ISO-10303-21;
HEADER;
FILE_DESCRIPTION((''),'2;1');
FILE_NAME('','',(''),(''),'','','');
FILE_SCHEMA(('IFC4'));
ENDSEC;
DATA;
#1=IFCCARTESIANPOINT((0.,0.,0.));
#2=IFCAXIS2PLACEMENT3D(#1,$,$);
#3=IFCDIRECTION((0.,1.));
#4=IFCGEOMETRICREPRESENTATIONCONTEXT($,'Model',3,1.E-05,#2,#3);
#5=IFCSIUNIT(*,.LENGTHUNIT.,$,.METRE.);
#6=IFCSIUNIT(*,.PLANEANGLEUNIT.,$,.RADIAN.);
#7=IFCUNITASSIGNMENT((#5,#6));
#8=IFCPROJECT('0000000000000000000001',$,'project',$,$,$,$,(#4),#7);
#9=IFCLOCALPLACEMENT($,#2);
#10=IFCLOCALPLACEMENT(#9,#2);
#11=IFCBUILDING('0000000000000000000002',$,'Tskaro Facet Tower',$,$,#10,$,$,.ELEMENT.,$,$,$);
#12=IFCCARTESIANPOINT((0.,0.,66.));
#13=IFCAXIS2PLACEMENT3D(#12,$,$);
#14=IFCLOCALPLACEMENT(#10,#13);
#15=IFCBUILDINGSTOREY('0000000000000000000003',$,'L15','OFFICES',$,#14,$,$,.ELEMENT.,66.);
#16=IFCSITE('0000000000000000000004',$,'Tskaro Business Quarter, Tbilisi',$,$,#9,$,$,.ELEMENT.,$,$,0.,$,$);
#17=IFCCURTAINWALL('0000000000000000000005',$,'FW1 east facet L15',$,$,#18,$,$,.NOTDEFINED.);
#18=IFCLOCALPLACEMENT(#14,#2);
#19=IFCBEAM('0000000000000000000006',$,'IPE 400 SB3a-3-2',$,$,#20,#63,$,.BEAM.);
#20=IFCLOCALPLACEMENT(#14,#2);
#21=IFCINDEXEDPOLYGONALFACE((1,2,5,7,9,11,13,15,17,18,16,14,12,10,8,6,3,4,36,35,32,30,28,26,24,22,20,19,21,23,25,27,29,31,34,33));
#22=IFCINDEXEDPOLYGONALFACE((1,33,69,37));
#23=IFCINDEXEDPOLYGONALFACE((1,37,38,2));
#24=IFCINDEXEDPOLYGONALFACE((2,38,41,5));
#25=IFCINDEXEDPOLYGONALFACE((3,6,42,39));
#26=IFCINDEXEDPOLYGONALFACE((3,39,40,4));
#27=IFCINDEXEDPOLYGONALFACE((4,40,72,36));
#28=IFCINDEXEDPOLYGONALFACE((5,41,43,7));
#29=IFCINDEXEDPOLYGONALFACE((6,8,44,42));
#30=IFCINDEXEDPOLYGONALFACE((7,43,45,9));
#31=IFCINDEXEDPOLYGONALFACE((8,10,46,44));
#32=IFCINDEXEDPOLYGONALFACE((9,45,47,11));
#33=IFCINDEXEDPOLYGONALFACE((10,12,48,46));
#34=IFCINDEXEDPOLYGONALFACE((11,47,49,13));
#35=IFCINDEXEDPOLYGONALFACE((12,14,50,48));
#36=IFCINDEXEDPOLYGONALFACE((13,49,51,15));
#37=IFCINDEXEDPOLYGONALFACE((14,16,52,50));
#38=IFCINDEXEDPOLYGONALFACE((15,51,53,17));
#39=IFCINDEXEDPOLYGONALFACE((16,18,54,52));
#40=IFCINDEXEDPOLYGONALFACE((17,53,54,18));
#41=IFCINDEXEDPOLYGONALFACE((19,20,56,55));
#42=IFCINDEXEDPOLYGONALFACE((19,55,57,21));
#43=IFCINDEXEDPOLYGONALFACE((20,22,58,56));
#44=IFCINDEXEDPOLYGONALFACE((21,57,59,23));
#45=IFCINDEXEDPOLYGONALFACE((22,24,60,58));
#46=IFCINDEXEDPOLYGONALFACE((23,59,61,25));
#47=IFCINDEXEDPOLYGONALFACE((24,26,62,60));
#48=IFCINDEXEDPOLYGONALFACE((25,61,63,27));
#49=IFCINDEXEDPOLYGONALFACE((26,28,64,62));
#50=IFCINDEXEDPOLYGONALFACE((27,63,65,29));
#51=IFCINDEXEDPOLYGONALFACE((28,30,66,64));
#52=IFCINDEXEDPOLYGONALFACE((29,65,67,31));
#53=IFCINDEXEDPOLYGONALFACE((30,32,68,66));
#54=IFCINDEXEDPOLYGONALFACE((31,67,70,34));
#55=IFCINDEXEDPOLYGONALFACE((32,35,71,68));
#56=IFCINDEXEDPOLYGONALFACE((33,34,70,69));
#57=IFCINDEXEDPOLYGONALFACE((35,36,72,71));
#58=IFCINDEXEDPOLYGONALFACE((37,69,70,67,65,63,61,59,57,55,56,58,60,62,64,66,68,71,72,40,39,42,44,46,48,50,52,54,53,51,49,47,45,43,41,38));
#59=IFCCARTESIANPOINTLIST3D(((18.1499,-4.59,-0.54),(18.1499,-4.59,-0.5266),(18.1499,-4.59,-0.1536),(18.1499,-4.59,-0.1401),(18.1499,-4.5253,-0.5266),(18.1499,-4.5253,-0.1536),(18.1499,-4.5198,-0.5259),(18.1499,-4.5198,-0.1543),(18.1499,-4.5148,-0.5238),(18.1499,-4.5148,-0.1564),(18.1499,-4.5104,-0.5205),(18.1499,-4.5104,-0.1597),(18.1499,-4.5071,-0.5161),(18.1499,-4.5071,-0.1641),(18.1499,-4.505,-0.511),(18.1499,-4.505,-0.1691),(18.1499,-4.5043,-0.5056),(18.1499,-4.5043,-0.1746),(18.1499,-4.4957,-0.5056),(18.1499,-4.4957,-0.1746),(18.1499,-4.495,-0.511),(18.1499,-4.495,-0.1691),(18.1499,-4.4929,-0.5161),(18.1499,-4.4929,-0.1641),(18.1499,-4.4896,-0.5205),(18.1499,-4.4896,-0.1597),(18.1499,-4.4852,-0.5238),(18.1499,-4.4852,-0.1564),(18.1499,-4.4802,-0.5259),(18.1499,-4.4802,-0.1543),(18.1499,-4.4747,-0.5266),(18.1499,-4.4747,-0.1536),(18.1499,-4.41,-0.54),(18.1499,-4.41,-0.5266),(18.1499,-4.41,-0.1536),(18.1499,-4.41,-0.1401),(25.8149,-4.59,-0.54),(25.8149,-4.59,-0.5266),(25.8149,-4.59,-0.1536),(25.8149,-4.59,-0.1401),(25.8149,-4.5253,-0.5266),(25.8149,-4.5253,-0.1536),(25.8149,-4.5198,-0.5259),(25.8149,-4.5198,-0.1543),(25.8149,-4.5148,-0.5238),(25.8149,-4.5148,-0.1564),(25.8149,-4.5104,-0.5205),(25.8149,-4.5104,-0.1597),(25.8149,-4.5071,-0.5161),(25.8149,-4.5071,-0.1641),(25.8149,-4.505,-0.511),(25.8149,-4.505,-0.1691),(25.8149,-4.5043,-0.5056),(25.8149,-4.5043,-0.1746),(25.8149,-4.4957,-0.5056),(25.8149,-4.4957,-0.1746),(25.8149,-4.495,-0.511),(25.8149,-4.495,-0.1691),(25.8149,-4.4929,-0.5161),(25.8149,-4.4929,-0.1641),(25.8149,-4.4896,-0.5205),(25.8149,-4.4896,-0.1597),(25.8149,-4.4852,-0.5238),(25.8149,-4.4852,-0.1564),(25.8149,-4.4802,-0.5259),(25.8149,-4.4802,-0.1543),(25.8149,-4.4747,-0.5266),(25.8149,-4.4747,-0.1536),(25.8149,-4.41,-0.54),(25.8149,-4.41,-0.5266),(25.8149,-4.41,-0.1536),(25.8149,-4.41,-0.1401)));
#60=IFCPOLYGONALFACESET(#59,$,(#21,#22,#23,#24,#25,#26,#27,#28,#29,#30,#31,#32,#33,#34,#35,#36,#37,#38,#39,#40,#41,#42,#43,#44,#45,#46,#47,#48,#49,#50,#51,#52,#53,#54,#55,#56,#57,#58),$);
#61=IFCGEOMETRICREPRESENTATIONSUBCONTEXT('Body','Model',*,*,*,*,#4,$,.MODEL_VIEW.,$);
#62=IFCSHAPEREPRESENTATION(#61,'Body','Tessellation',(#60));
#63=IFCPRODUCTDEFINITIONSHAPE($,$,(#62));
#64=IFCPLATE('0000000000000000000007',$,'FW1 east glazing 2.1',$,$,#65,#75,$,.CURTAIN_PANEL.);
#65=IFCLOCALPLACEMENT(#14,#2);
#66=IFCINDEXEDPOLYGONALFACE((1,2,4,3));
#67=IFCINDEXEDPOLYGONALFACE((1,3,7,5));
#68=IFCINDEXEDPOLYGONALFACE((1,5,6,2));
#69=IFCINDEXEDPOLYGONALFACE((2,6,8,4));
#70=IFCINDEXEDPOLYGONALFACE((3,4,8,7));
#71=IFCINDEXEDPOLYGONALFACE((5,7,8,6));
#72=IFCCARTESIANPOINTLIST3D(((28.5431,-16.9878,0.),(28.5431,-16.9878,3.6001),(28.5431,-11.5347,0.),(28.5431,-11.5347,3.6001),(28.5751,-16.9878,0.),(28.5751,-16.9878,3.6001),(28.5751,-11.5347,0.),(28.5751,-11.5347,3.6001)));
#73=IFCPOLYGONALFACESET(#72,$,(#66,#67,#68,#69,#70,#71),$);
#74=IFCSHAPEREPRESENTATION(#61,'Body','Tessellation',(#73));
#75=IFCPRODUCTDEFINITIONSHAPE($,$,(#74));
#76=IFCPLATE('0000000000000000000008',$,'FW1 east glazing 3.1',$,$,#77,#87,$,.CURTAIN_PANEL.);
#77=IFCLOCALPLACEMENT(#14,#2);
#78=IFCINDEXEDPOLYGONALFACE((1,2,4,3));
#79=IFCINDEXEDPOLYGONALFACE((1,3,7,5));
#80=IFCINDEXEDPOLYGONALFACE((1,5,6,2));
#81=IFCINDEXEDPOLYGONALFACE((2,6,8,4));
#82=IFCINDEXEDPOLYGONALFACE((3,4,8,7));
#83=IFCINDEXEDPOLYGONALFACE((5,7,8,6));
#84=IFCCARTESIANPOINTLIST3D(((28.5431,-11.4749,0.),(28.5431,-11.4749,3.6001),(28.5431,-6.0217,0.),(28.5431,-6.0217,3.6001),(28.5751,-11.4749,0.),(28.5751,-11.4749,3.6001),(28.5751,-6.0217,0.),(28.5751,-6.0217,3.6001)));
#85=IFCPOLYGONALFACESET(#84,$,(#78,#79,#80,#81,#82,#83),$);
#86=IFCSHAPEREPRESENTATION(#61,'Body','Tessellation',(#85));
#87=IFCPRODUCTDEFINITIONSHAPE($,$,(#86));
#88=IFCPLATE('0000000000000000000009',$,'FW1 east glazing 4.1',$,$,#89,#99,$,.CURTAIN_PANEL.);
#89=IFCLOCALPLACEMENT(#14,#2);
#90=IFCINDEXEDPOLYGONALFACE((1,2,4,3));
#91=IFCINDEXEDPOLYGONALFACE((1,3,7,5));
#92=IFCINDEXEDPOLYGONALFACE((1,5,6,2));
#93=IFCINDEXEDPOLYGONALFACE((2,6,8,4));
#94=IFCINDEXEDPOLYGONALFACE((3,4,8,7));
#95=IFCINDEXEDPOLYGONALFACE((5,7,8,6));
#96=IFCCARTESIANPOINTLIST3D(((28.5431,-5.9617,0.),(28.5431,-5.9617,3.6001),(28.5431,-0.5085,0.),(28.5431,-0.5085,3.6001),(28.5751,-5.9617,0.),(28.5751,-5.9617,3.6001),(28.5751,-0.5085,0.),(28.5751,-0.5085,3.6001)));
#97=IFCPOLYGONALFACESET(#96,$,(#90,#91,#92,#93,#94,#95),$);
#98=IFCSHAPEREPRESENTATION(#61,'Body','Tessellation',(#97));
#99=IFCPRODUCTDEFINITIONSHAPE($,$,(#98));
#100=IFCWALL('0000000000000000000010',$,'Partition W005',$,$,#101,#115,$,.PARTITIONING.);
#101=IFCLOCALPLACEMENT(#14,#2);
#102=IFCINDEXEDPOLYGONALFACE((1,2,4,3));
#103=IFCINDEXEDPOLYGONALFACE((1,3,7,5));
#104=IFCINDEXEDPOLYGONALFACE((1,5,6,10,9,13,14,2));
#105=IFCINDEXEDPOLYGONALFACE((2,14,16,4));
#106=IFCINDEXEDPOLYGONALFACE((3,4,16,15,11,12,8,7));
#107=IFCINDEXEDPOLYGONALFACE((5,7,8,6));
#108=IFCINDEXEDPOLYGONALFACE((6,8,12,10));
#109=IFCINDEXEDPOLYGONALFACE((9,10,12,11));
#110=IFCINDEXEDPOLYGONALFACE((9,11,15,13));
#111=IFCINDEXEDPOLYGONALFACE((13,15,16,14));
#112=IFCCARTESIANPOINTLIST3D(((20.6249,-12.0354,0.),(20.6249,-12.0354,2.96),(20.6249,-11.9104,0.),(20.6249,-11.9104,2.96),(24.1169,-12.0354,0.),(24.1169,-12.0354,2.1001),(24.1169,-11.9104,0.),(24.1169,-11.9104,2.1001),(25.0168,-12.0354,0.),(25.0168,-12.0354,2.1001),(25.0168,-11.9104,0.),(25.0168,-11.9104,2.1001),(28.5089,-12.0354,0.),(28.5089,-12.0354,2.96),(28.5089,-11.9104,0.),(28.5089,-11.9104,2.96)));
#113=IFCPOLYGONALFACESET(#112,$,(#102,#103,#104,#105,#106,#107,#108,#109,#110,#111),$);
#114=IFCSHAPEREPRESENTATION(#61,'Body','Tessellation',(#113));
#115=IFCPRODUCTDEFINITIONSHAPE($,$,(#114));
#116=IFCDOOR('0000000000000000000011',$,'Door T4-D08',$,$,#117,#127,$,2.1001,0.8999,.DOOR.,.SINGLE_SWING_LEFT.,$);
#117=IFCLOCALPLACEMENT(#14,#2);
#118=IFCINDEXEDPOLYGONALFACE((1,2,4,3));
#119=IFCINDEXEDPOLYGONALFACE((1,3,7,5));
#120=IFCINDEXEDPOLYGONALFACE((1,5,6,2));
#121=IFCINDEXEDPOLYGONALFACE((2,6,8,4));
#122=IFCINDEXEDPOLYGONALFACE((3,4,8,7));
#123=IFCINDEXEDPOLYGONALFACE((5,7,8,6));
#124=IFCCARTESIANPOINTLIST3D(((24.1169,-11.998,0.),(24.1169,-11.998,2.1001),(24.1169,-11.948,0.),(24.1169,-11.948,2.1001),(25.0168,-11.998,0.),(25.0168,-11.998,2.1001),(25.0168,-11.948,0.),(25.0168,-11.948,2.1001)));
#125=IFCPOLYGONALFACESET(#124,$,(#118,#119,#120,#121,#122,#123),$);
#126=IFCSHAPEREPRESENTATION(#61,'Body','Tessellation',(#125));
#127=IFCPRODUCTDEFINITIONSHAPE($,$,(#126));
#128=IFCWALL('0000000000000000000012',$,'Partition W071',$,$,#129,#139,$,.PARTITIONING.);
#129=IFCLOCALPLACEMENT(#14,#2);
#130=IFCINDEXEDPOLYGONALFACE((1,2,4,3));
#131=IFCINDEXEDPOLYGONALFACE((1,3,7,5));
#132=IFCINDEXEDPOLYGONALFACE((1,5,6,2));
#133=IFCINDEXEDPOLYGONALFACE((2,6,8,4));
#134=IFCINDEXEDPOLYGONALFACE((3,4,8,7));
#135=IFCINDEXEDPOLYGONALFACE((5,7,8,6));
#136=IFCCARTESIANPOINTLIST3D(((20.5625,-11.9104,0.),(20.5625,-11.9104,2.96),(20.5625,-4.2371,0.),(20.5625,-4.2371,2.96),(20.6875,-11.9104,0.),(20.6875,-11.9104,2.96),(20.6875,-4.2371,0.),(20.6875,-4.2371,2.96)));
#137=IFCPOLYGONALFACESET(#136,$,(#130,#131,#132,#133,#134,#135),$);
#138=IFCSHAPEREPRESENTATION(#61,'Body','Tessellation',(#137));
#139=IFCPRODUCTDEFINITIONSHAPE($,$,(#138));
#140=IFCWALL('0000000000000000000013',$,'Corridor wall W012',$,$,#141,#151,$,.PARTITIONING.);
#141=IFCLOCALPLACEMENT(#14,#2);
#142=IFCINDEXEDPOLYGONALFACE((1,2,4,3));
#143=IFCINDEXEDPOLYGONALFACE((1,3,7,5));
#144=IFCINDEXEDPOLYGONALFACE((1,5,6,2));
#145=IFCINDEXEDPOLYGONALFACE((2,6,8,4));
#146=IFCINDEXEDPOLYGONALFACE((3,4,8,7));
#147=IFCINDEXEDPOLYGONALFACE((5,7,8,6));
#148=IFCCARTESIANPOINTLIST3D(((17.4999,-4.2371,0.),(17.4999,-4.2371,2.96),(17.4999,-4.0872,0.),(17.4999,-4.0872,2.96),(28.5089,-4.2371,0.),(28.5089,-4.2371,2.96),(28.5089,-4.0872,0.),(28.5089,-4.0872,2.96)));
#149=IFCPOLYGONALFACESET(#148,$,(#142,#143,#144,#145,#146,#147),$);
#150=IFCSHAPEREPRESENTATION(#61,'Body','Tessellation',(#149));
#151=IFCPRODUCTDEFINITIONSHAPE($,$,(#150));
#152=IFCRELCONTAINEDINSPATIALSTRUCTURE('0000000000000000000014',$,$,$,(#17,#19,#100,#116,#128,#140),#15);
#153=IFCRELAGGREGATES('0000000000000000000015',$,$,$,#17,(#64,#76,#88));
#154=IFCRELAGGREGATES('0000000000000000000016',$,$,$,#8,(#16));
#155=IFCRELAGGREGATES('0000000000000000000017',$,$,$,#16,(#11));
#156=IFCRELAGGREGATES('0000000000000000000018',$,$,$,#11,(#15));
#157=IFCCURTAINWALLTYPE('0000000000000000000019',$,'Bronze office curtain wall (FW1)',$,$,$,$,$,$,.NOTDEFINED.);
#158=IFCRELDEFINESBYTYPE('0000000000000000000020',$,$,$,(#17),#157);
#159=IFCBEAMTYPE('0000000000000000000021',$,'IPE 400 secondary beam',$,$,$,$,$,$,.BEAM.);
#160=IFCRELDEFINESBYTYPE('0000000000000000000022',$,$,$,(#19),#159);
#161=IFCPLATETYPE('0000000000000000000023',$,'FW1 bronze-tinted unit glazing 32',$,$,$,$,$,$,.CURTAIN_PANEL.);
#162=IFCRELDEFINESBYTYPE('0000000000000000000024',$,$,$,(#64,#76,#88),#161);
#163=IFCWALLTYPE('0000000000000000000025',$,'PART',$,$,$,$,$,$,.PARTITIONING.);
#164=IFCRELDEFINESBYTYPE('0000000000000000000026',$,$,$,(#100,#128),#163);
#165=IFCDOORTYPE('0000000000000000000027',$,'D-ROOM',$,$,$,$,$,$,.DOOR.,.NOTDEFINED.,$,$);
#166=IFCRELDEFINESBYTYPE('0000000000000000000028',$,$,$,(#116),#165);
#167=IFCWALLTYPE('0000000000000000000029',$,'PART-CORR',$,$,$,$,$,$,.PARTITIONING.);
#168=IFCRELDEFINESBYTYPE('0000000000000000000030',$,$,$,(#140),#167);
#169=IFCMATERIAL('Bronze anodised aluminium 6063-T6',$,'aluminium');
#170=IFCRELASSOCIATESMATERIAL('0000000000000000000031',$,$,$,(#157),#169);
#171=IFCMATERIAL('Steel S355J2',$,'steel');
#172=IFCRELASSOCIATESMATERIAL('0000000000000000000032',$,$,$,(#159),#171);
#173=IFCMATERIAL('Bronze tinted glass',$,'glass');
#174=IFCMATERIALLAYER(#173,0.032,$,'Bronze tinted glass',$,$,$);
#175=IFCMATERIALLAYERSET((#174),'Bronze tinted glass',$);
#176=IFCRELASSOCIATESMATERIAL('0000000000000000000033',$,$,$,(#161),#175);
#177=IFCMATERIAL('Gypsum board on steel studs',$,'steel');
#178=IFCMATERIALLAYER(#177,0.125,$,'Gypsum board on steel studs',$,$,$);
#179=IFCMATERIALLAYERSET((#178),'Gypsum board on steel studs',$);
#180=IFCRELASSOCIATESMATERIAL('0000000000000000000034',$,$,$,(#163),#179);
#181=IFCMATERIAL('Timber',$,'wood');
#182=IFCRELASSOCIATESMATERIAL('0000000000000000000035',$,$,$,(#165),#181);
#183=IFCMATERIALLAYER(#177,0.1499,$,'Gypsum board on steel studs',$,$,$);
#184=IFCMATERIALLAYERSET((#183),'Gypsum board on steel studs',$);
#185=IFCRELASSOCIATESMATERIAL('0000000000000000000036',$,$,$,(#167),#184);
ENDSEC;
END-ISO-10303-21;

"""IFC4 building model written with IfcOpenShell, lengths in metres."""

from ifc_helpers import new_model, si_unit, direction, frame, frame_2d, origin, origin_2d, place, context, subcontext, project, spatial, rectangle, i_section, extrude, material, layer, layer_set, material_profile, profile_set, type_object, element, fill, aggregate, save


model = new_model("IFC4")

# Units and contexts
model_context = context("Model", 3, precision=1e-05, world=origin(), true_north=direction((0.0, 1.0)))
body_context = subcontext(model_context, "Body", "Model", "MODEL_VIEW")
ifc_project = project(units=[si_unit("LENGTHUNIT", "METRE"), si_unit("PLANEANGLEUNIT", "RADIAN")], contexts=[model_context])

# Site, building, storey
site_placement = place(None, origin())
site = spatial("IfcSite", under=ifc_project, at=site_placement, Name="Tskaro Business Quarter, Tbilisi", CompositionType="ELEMENT", RefElevation=0.0)
building_placement = place(site_placement, origin())
building = spatial("IfcBuilding", under=site, at=building_placement, Name="Tskaro Facet Tower", CompositionType="ELEMENT")
storey_placement = place(building_placement, frame((0.0, 0.0, 66.0)))
storey = spatial("IfcBuildingStorey", under=building, at=storey_placement, Name="L15", Description="OFFICES", CompositionType="ELEMENT", Elevation=66.0)

# Curtain wall
ifc_material_1 = material(Name="Bronze anodised aluminium 6063-T6", Category="aluminium")
curtain_wall_type = type_object("IfcCurtainWallType", Name="Bronze office curtain wall (FW1)", PredefinedType="NOTDEFINED", material=ifc_material_1)
curtain_wall_placement = place(storey_placement, origin())
curtain_wall = element("IfcCurtainWall", 1, at=curtain_wall_placement, inside=storey, type_object=curtain_wall_type, Name="FW1 east facet L15", PredefinedType="NOTDEFINED")

# Beam
ifc_material_2 = material(Name="Steel S355J2", Category="steel")
ifc_material_profile_1 = material_profile(ifc_material_2, i_section(OverallWidth=0.1799, OverallDepth=0.3999, WebThickness=0.0085, FlangeThickness=0.0134, FilletRadius=0.021, at=origin_2d()), Name="IPE 400")
ifc_profile_set_1 = profile_set([ifc_material_profile_1], Name="Steel S355J2")
beam_type_1 = type_object("IfcBeamType", Name="IPE 400 secondary beam", PredefinedType="BEAM", material=ifc_profile_set_1)
for number, where, z_axis, x_axis, name in (
    (2, (18.1499, -4.5, -0.3401), (1.0, 0.0, 0.0), (0.0, 1.0, 0.0), "IPE 400 SB3a-3-2"),
):
    element("IfcBeam", number, at=place(storey_placement, frame(where, z_axis=z_axis, x_axis=x_axis)), inside=storey, type_object=beam_type_1, Name=name, PredefinedType="BEAM", context=body_context, shape_type="SweptSolid", body=[
        extrude(i_section(OverallWidth=0.1799, OverallDepth=0.3999, WebThickness=0.0085, FlangeThickness=0.0134, FilletRadius=0.021, at=origin_2d()), origin(), (0.0, 0.0, 1.0), 7.665),
    ])

# Plates
ifc_material_3 = material(Name="Bronze tinted glass", Category="glass")
ifc_layer_1 = layer(ifc_material_3, 0.032, Name="Bronze tinted glass")
ifc_layer_set_1 = layer_set([ifc_layer_1], Name="Bronze tinted glass")
plate_type = type_object("IfcPlateType", Name="FW1 bronze-tinted unit glazing 32", PredefinedType="CURTAIN_PANEL", material=ifc_layer_set_1)
plate_1_placement = place(storey_placement, frame((28.5591, -14.2612, 0.0), z_axis=(0.0, 0.0, 1.0), x_axis=(0.0, 1.0, 0.0)))
plate_1 = element("IfcPlate", 3, at=plate_1_placement, type_object=plate_type, Name="FW1 east glazing 2.1", PredefinedType="CURTAIN_PANEL", context=body_context, shape_type="SweptSolid", body=[
    extrude(rectangle(XDim=5.4531, YDim=0.032, at=origin_2d()), origin(), (0.0, 0.0, 1.0), 3.6001),
])
plate_2_placement = place(storey_placement, frame((28.5591, -8.7483, 0.0), z_axis=(0.0, 0.0, 1.0), x_axis=(0.0, 1.0, 0.0)))
plate_2 = element("IfcPlate", 4, at=plate_2_placement, type_object=plate_type, Name="FW1 east glazing 3.1", PredefinedType="CURTAIN_PANEL", context=body_context, shape_type="SweptSolid", body=[
    extrude(rectangle(XDim=5.4531, YDim=0.032, at=origin_2d()), origin(), (0.0, 0.0, 1.0), 3.6001),
])
plate_3_placement = place(storey_placement, frame((28.5591, -3.2351, 0.0), z_axis=(0.0, 0.0, 1.0), x_axis=(0.0, 1.0, 0.0)))
plate_3 = element("IfcPlate", 5, at=plate_3_placement, type_object=plate_type, Name="FW1 east glazing 4.1", PredefinedType="CURTAIN_PANEL", context=body_context, shape_type="SweptSolid", body=[
    extrude(rectangle(XDim=5.4531, YDim=0.032, at=origin_2d()), origin(), (0.0, 0.0, 1.0), 3.6001),
])
aggregate(curtain_wall, [plate_1, plate_2, plate_3])

# Wall, opening, door
ifc_material_4 = material(Name="Gypsum board on steel studs", Category="steel")
ifc_layer_2 = layer(ifc_material_4, 0.125, Name="Gypsum board on steel studs")
ifc_layer_set_2 = layer_set([ifc_layer_2], Name="Gypsum board on steel studs")
wall_type_1 = type_object("IfcWallType", Name="PART", PredefinedType="PARTITIONING", material=ifc_layer_set_2)
wall_1_placement = place(storey_placement, frame((20.625, -11.9729, 0.0), z_axis=(0.0, 0.0, 1.0), x_axis=(1.0, 0.0, 0.0)))
wall_1 = element("IfcWall", 6, at=wall_1_placement, inside=storey, type_object=wall_type_1, Name="Partition W005", PredefinedType="PARTITIONING", context=body_context, shape_type="SweptSolid", body=[
    extrude(rectangle(XDim=7.884, YDim=0.125, at=frame_2d((3.9419, 0.0))), origin(), (0.0, 0.0, 1.0), 2.96),
])
opening_1_placement = place(wall_1_placement, frame((3.4919, 0.0, 0.0)))
opening_1 = element("IfcOpeningElement", 7, at=opening_1_placement, cuts=wall_1, PredefinedType="OPENING", context=body_context, shape_type="SweptSolid", body=[
    extrude(rectangle(XDim=0.8999, YDim=2.1001, at=frame_2d((0.45, 1.05))), frame((0.0, 0.0725, 0.0), z_axis=(0.0, -1.0, 0.0), x_axis=(1.0, 0.0, 0.0)), (0.0, 0.0, 1.0), 0.145),
])
ifc_material_5 = material(Name="Timber", Category="wood")
door_type_1 = type_object("IfcDoorType", Name="D-ROOM", OperationType="NOTDEFINED", PredefinedType="DOOR", material=ifc_material_5)
door_1_placement = place(opening_1_placement, origin())
door_1 = element("IfcDoor", 8, at=door_1_placement, inside=storey, type_object=door_type_1, Name="Door T4-D08", OperationType="SINGLE_SWING_LEFT", OverallHeight=2.1001, OverallWidth=0.8999, PredefinedType="DOOR", context=body_context, shape_type="SweptSolid", body=[
    extrude(rectangle(XDim=0.8999, YDim=2.1001, at=frame_2d((0.45, 1.05))), frame((0.0, 0.0249, 0.0), z_axis=(0.0, -1.0, 0.0), x_axis=(1.0, 0.0, 0.0)), (0.0, 0.0, 1.0), 0.05),
])
fill(opening_1, door_1)

# Walls
wall_2_placement = place(storey_placement, frame((20.625, -11.9104, 0.0), z_axis=(0.0, 0.0, 1.0), x_axis=(0.0, 1.0, 0.0)))
element("IfcWall", 9, at=wall_2_placement, inside=storey, type_object=wall_type_1, Name="Partition W071", PredefinedType="PARTITIONING", context=body_context, shape_type="SweptSolid", body=[
    extrude(rectangle(XDim=7.6733, YDim=0.125, at=frame_2d((3.8367, 0.0))), origin(), (0.0, 0.0, 1.0), 2.96),
])
ifc_layer_3 = layer(ifc_material_4, 0.1499, Name="Gypsum board on steel studs")
ifc_layer_set_3 = layer_set([ifc_layer_3], Name="Gypsum board on steel studs")
wall_type_2 = type_object("IfcWallType", Name="PART-CORR", PredefinedType="PARTITIONING", material=ifc_layer_set_3)
wall_3_placement = place(storey_placement, frame((17.5, -4.1621, 0.0), z_axis=(0.0, 0.0, 1.0), x_axis=(1.0, 0.0, 0.0)))
element("IfcWall", 10, at=wall_3_placement, inside=storey, type_object=wall_type_2, Name="Corridor wall W012", PredefinedType="PARTITIONING", context=body_context, shape_type="SweptSolid", body=[
    extrude(rectangle(XDim=11.009, YDim=0.1499, at=frame_2d((5.5044, 0.0))), origin(), (0.0, 0.0, 1.0), 2.96),
])

save(model, "model.ifc")
